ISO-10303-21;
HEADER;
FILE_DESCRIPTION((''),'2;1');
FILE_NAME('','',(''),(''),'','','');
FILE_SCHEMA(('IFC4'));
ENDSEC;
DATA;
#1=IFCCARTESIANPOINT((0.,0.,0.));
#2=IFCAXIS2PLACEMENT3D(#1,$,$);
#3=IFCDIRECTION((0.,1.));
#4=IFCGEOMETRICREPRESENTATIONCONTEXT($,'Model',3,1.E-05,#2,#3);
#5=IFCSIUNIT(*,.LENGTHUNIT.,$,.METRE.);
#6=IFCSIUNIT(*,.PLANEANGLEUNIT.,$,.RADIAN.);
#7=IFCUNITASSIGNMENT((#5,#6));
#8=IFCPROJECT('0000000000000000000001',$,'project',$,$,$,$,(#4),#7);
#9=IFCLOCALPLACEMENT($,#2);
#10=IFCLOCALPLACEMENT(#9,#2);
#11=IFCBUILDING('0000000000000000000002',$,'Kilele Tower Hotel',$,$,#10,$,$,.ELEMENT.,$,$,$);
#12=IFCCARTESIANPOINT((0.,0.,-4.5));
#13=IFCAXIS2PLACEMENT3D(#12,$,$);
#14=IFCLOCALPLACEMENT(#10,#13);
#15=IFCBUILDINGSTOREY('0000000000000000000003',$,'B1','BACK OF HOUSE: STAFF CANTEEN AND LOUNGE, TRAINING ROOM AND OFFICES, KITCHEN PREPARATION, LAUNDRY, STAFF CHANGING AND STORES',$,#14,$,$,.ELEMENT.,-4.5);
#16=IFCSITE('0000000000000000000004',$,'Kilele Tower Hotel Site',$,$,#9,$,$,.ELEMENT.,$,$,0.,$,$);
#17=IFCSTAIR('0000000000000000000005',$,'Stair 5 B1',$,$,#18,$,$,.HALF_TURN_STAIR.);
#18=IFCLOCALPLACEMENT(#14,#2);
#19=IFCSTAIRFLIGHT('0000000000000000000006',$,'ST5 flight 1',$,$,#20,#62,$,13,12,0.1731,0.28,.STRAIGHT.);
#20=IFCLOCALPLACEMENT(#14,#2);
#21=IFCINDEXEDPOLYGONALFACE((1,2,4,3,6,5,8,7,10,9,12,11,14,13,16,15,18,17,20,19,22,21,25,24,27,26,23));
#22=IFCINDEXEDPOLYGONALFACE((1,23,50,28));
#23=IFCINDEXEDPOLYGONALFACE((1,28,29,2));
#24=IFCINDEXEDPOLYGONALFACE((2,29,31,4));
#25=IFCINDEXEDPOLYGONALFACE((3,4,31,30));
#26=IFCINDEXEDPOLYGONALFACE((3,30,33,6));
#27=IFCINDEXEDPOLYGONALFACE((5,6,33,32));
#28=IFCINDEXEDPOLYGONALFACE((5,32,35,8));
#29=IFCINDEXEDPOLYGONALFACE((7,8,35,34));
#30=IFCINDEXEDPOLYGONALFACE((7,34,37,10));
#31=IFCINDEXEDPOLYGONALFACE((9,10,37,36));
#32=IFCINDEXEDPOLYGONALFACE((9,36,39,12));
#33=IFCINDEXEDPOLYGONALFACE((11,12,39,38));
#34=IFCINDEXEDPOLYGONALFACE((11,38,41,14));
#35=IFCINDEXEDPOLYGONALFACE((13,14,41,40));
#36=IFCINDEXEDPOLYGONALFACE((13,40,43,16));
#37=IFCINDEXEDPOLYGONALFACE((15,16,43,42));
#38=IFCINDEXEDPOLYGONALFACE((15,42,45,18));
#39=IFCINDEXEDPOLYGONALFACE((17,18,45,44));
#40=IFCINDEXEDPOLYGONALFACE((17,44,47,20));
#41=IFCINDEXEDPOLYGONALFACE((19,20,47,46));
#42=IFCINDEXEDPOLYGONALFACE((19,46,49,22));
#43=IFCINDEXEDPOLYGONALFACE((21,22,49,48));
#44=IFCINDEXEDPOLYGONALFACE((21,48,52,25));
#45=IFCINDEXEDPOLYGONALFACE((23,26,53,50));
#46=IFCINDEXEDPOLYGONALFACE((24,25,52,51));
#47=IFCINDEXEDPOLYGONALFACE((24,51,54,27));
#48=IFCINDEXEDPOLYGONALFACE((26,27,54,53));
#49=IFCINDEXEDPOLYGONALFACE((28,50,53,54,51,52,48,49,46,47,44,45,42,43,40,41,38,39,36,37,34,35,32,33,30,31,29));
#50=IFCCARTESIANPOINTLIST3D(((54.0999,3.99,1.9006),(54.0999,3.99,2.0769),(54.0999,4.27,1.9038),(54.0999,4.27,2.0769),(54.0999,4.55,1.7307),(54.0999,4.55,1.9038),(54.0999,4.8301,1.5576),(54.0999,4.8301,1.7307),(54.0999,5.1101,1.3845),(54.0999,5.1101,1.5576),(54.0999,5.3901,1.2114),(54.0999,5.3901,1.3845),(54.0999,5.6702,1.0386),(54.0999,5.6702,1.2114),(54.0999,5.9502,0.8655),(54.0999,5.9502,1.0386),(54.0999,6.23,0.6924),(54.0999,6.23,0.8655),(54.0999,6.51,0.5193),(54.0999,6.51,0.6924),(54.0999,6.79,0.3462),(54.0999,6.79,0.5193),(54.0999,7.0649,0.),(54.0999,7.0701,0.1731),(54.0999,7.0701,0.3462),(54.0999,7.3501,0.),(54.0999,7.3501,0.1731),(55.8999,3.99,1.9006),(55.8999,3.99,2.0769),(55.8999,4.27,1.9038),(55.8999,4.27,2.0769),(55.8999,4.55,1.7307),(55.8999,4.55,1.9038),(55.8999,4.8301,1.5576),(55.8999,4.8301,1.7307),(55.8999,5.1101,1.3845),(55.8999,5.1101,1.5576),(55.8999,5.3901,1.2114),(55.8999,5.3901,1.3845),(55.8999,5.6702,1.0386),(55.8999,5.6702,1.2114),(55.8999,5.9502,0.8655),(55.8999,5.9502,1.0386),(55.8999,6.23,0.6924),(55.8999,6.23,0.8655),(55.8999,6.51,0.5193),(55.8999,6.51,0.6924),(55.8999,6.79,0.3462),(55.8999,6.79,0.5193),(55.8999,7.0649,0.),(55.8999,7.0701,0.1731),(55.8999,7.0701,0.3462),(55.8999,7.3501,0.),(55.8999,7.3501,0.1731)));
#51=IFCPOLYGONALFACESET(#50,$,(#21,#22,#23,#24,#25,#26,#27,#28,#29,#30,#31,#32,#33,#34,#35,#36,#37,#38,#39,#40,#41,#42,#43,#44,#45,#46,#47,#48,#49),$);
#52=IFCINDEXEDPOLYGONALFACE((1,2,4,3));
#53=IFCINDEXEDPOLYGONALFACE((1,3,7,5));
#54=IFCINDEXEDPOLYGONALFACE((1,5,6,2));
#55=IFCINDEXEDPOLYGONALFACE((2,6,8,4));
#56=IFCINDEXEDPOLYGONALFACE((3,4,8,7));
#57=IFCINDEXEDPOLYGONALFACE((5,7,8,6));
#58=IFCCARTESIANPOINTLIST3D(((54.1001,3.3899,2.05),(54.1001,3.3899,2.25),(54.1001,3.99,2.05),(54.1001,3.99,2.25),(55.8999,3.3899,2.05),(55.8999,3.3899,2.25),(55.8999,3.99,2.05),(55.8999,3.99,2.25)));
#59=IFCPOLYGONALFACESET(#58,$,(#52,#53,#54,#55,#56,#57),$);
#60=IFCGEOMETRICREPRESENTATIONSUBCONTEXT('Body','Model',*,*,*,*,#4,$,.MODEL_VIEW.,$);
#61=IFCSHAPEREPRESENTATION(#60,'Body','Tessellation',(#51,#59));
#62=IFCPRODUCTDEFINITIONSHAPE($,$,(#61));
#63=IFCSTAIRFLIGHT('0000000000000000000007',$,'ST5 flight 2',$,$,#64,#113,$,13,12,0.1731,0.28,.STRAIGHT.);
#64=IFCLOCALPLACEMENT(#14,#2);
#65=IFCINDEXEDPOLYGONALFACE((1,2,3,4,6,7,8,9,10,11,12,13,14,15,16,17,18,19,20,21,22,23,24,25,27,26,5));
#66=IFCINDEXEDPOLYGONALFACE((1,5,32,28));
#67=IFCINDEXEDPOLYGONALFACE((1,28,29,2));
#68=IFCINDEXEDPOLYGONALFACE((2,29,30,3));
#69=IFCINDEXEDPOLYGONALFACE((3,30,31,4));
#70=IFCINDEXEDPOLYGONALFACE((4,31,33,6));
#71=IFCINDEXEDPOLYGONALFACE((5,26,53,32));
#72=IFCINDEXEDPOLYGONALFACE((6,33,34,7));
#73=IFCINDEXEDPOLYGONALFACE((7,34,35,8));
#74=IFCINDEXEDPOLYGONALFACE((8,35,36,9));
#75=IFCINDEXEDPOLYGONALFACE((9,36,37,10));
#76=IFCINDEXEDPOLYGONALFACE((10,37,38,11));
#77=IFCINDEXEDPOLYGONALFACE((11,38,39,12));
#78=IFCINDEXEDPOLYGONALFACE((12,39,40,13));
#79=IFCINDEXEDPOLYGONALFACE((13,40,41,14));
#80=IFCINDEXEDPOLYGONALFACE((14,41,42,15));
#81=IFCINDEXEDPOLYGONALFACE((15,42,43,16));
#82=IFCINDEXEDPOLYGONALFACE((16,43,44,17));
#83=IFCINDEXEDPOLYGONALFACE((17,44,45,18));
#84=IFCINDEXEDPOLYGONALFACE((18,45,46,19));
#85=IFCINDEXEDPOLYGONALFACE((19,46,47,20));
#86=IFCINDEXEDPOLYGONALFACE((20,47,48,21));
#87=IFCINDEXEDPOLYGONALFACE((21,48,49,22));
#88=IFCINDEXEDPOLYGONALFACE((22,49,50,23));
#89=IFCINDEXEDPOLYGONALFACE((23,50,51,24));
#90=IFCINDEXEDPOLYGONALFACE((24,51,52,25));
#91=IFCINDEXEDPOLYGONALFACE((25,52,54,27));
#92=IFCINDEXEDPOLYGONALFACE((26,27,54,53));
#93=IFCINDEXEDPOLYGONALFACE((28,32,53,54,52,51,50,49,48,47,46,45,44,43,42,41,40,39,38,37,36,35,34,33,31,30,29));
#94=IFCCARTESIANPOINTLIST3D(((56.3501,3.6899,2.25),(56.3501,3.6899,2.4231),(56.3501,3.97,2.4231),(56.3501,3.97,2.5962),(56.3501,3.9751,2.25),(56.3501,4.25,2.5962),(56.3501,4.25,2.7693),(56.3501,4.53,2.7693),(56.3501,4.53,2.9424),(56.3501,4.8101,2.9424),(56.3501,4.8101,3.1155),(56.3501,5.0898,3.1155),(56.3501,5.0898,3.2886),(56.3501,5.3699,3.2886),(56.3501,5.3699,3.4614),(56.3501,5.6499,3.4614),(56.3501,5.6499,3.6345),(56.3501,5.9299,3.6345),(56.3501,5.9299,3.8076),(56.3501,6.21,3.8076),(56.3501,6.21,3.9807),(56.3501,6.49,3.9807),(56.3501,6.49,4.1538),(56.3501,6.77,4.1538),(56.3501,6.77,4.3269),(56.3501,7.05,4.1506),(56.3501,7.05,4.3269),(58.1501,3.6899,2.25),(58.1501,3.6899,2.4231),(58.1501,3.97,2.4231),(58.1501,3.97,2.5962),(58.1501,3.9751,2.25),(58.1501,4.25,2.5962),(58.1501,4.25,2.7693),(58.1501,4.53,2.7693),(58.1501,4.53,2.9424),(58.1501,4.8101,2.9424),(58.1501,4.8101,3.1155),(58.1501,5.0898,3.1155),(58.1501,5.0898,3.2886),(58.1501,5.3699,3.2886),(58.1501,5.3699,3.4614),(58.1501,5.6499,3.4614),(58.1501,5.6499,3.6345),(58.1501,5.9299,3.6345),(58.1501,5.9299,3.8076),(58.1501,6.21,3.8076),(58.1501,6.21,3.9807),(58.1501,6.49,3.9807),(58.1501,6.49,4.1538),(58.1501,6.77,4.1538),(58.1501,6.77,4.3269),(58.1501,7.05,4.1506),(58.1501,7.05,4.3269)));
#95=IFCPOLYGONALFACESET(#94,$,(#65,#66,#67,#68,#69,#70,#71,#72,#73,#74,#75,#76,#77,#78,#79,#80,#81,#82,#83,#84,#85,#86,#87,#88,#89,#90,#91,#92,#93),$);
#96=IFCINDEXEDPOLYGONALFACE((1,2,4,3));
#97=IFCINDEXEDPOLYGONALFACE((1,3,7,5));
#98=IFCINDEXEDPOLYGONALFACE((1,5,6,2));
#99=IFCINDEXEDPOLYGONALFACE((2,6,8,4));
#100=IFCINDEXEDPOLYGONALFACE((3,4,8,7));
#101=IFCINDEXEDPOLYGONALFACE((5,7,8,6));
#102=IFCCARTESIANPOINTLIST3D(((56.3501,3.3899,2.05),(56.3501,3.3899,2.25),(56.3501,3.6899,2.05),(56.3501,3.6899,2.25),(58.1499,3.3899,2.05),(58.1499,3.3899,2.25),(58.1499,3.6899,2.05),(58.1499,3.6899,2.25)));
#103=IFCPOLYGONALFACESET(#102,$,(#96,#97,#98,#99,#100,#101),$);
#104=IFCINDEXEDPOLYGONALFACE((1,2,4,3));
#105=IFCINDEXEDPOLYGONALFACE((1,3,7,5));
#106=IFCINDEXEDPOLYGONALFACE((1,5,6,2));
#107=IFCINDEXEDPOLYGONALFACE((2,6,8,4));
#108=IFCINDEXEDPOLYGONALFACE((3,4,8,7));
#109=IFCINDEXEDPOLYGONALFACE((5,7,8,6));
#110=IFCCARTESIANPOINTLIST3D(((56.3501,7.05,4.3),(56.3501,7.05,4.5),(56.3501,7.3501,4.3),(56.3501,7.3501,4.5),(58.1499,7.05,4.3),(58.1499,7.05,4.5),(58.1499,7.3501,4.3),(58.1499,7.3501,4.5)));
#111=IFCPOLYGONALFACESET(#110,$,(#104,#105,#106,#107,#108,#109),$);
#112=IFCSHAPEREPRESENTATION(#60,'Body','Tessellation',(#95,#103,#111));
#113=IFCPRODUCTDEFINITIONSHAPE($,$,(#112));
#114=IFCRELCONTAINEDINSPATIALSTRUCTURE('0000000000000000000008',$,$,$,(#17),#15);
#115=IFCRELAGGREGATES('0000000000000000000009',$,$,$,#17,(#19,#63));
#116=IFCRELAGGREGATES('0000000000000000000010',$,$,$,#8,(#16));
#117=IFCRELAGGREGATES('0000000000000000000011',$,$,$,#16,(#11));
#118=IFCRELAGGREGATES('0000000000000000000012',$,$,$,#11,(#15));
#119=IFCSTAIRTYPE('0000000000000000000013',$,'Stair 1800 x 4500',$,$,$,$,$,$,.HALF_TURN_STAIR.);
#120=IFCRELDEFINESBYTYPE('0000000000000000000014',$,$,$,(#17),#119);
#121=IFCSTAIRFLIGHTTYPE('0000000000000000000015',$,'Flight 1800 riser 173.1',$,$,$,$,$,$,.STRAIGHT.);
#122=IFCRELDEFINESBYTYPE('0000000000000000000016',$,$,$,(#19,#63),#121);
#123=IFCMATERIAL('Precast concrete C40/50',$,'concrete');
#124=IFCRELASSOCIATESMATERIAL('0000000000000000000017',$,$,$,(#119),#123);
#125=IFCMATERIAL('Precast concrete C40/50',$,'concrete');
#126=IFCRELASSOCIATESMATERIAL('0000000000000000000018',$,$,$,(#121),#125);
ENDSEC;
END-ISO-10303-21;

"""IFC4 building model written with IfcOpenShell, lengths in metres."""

from ifc_helpers import new_model, si_unit, direction, frame, origin, place, context, subcontext, project, spatial, polyline, outline, extrude, material, type_object, element, aggregate, save


model = new_model("IFC4")

# Units and contexts
model_context = context("Model", 3, precision=1e-05, world=origin(), true_north=direction((0.0, 1.0)))
body_context = subcontext(model_context, "Body", "Model", "MODEL_VIEW")
ifc_project = project(units=[si_unit("LENGTHUNIT", "METRE"), si_unit("PLANEANGLEUNIT", "RADIAN")], contexts=[model_context])

# Site, building, storey
site_placement = place(None, origin())
site = spatial("IfcSite", under=ifc_project, at=site_placement, Name="Kilele Tower Hotel Site", CompositionType="ELEMENT", RefElevation=0.0)
building_placement = place(site_placement, origin())
building = spatial("IfcBuilding", under=site, at=building_placement, Name="Kilele Tower Hotel", CompositionType="ELEMENT")
storey_placement = place(building_placement, frame((0.0, 0.0, -4.5)))
storey = spatial("IfcBuildingStorey", under=building, at=storey_placement, Name="B1", Description="BACK OF HOUSE: STAFF CANTEEN AND LOUNGE, TRAINING ROOM AND OFFICES, KITCHEN PREPARATION, LAUNDRY, STAFF CHANGING AND STORES", CompositionType="ELEMENT", Elevation=-4.5)

# Stair, stair flights
ifc_material_1 = material(Name="Precast concrete C40/50", Category="concrete")
stair_type = type_object("IfcStairType", Name="Stair 1800 x 4500", PredefinedType="HALF_TURN_STAIR", material=ifc_material_1)
stair_placement = place(storey_placement, origin())
stair = element("IfcStair", 1, at=stair_placement, inside=storey, type_object=stair_type, Name="Stair 5 B1", PredefinedType="HALF_TURN_STAIR")
ifc_material_2 = material(Name="Precast concrete C40/50", Category="concrete")
stair_flight_type = type_object("IfcStairFlightType", Name="Flight 1800 riser 173.1", PredefinedType="STRAIGHT", material=ifc_material_2)
stair_flight_1_placement = place(storey_placement, frame((55.0, 7.3501, 0.0), z_axis=(0.0, 0.0, 1.0), x_axis=(0.0, -1.0, 0.0)))
stair_flight_1 = element("IfcStairFlight", 2, at=stair_flight_1_placement, type_object=stair_flight_type, Name="ST5 flight 1", NumberOfRisers=13, NumberOfTreads=12, PredefinedType="STRAIGHT", RiserHeight=0.1731, TreadLength=0.28, context=body_context, shape_type="SweptSolid", body=[
    extrude(outline(polyline([(0.0, 0.0), (0.0, 0.1731), (0.28, 0.1731), (0.28, 0.3462), (0.5601, 0.3462), (0.5601, 0.5193), (0.8401, 0.5193), (0.8401, 0.6924), (1.1201, 0.6924), (1.1201, 0.8655), (1.3999, 0.8655), (1.3999, 1.0386), (1.6799, 1.0386), (1.6799, 1.2114), (1.96, 1.2114), (1.96, 1.3845), (2.24, 1.3845), (2.24, 1.5576), (2.52, 1.5576), (2.52, 1.7307), (2.8, 1.7307), (2.8, 1.9038), (3.0801, 1.9038), (3.0801, 2.0769), (3.3601, 2.0769), (3.3601, 2.25), (3.3601, 1.9006), (0.2852, 0.0), (0.0, 0.0)])), frame((0.0, 0.8999, 0.0), z_axis=(0.0, -1.0, 0.0), x_axis=(1.0, 0.0, 0.0)), (0.0, 0.0, 1.0), 1.8),
    extrude(outline(polyline([(3.9602, -0.8999), (3.9602, 0.8999), (3.3601, 0.8999), (3.3601, -0.8999), (3.9602, -0.8999)])), frame((0.0, 0.0, 2.05)), (0.0, 0.0, 1.0), 0.2),
])
stair_flight_2_placement = place(storey_placement, frame((57.25, 3.6899, 2.25), z_axis=(0.0, 0.0, 1.0), x_axis=(0.0, 1.0, 0.0)))
stair_flight_2 = element("IfcStairFlight", 3, at=stair_flight_2_placement, type_object=stair_flight_type, Name="ST5 flight 2", NumberOfRisers=13, NumberOfTreads=12, PredefinedType="STRAIGHT", RiserHeight=0.1731, TreadLength=0.28, context=body_context, shape_type="SweptSolid", body=[
    extrude(outline(polyline([(0.0, 0.0), (0.0, 0.1731), (0.28, 0.1731), (0.28, 0.3462), (0.5601, 0.3462), (0.5601, 0.5193), (0.8401, 0.5193), (0.8401, 0.6924), (1.1201, 0.6924), (1.1201, 0.8655), (1.3999, 0.8655), (1.3999, 1.0386), (1.6799, 1.0386), (1.6799, 1.2114), (1.96, 1.2114), (1.96, 1.3845), (2.24, 1.3845), (2.24, 1.5576), (2.52, 1.5576), (2.52, 1.7307), (2.8, 1.7307), (2.8, 1.9038), (3.0801, 1.9038), (3.0801, 2.0769), (3.3601, 2.0769), (3.3601, 2.25), (3.3601, 1.9006), (0.2852, 0.0), (0.0, 0.0)])), frame((0.0, 0.8999, 0.0), z_axis=(0.0, -1.0, 0.0), x_axis=(1.0, 0.0, 0.0)), (0.0, 0.0, 1.0), 1.8),
    extrude(outline(polyline([(-0.3, 0.8999), (-0.3, -0.8999), (0.0, -0.8999), (0.0, 0.8999), (-0.3, 0.8999)])), frame((0.0, 0.0, -0.2)), (0.0, 0.0, 1.0), 0.2),
    extrude(outline(polyline([(3.3601, 0.8999), (3.3601, -0.8999), (3.6602, -0.8999), (3.6602, 0.8999), (3.3601, 0.8999)])), frame((0.0, 0.0, 2.05)), (0.0, 0.0, 1.0), 0.2),
])
aggregate(stair, [stair_flight_1, stair_flight_2])

save(model, "model.ifc")
